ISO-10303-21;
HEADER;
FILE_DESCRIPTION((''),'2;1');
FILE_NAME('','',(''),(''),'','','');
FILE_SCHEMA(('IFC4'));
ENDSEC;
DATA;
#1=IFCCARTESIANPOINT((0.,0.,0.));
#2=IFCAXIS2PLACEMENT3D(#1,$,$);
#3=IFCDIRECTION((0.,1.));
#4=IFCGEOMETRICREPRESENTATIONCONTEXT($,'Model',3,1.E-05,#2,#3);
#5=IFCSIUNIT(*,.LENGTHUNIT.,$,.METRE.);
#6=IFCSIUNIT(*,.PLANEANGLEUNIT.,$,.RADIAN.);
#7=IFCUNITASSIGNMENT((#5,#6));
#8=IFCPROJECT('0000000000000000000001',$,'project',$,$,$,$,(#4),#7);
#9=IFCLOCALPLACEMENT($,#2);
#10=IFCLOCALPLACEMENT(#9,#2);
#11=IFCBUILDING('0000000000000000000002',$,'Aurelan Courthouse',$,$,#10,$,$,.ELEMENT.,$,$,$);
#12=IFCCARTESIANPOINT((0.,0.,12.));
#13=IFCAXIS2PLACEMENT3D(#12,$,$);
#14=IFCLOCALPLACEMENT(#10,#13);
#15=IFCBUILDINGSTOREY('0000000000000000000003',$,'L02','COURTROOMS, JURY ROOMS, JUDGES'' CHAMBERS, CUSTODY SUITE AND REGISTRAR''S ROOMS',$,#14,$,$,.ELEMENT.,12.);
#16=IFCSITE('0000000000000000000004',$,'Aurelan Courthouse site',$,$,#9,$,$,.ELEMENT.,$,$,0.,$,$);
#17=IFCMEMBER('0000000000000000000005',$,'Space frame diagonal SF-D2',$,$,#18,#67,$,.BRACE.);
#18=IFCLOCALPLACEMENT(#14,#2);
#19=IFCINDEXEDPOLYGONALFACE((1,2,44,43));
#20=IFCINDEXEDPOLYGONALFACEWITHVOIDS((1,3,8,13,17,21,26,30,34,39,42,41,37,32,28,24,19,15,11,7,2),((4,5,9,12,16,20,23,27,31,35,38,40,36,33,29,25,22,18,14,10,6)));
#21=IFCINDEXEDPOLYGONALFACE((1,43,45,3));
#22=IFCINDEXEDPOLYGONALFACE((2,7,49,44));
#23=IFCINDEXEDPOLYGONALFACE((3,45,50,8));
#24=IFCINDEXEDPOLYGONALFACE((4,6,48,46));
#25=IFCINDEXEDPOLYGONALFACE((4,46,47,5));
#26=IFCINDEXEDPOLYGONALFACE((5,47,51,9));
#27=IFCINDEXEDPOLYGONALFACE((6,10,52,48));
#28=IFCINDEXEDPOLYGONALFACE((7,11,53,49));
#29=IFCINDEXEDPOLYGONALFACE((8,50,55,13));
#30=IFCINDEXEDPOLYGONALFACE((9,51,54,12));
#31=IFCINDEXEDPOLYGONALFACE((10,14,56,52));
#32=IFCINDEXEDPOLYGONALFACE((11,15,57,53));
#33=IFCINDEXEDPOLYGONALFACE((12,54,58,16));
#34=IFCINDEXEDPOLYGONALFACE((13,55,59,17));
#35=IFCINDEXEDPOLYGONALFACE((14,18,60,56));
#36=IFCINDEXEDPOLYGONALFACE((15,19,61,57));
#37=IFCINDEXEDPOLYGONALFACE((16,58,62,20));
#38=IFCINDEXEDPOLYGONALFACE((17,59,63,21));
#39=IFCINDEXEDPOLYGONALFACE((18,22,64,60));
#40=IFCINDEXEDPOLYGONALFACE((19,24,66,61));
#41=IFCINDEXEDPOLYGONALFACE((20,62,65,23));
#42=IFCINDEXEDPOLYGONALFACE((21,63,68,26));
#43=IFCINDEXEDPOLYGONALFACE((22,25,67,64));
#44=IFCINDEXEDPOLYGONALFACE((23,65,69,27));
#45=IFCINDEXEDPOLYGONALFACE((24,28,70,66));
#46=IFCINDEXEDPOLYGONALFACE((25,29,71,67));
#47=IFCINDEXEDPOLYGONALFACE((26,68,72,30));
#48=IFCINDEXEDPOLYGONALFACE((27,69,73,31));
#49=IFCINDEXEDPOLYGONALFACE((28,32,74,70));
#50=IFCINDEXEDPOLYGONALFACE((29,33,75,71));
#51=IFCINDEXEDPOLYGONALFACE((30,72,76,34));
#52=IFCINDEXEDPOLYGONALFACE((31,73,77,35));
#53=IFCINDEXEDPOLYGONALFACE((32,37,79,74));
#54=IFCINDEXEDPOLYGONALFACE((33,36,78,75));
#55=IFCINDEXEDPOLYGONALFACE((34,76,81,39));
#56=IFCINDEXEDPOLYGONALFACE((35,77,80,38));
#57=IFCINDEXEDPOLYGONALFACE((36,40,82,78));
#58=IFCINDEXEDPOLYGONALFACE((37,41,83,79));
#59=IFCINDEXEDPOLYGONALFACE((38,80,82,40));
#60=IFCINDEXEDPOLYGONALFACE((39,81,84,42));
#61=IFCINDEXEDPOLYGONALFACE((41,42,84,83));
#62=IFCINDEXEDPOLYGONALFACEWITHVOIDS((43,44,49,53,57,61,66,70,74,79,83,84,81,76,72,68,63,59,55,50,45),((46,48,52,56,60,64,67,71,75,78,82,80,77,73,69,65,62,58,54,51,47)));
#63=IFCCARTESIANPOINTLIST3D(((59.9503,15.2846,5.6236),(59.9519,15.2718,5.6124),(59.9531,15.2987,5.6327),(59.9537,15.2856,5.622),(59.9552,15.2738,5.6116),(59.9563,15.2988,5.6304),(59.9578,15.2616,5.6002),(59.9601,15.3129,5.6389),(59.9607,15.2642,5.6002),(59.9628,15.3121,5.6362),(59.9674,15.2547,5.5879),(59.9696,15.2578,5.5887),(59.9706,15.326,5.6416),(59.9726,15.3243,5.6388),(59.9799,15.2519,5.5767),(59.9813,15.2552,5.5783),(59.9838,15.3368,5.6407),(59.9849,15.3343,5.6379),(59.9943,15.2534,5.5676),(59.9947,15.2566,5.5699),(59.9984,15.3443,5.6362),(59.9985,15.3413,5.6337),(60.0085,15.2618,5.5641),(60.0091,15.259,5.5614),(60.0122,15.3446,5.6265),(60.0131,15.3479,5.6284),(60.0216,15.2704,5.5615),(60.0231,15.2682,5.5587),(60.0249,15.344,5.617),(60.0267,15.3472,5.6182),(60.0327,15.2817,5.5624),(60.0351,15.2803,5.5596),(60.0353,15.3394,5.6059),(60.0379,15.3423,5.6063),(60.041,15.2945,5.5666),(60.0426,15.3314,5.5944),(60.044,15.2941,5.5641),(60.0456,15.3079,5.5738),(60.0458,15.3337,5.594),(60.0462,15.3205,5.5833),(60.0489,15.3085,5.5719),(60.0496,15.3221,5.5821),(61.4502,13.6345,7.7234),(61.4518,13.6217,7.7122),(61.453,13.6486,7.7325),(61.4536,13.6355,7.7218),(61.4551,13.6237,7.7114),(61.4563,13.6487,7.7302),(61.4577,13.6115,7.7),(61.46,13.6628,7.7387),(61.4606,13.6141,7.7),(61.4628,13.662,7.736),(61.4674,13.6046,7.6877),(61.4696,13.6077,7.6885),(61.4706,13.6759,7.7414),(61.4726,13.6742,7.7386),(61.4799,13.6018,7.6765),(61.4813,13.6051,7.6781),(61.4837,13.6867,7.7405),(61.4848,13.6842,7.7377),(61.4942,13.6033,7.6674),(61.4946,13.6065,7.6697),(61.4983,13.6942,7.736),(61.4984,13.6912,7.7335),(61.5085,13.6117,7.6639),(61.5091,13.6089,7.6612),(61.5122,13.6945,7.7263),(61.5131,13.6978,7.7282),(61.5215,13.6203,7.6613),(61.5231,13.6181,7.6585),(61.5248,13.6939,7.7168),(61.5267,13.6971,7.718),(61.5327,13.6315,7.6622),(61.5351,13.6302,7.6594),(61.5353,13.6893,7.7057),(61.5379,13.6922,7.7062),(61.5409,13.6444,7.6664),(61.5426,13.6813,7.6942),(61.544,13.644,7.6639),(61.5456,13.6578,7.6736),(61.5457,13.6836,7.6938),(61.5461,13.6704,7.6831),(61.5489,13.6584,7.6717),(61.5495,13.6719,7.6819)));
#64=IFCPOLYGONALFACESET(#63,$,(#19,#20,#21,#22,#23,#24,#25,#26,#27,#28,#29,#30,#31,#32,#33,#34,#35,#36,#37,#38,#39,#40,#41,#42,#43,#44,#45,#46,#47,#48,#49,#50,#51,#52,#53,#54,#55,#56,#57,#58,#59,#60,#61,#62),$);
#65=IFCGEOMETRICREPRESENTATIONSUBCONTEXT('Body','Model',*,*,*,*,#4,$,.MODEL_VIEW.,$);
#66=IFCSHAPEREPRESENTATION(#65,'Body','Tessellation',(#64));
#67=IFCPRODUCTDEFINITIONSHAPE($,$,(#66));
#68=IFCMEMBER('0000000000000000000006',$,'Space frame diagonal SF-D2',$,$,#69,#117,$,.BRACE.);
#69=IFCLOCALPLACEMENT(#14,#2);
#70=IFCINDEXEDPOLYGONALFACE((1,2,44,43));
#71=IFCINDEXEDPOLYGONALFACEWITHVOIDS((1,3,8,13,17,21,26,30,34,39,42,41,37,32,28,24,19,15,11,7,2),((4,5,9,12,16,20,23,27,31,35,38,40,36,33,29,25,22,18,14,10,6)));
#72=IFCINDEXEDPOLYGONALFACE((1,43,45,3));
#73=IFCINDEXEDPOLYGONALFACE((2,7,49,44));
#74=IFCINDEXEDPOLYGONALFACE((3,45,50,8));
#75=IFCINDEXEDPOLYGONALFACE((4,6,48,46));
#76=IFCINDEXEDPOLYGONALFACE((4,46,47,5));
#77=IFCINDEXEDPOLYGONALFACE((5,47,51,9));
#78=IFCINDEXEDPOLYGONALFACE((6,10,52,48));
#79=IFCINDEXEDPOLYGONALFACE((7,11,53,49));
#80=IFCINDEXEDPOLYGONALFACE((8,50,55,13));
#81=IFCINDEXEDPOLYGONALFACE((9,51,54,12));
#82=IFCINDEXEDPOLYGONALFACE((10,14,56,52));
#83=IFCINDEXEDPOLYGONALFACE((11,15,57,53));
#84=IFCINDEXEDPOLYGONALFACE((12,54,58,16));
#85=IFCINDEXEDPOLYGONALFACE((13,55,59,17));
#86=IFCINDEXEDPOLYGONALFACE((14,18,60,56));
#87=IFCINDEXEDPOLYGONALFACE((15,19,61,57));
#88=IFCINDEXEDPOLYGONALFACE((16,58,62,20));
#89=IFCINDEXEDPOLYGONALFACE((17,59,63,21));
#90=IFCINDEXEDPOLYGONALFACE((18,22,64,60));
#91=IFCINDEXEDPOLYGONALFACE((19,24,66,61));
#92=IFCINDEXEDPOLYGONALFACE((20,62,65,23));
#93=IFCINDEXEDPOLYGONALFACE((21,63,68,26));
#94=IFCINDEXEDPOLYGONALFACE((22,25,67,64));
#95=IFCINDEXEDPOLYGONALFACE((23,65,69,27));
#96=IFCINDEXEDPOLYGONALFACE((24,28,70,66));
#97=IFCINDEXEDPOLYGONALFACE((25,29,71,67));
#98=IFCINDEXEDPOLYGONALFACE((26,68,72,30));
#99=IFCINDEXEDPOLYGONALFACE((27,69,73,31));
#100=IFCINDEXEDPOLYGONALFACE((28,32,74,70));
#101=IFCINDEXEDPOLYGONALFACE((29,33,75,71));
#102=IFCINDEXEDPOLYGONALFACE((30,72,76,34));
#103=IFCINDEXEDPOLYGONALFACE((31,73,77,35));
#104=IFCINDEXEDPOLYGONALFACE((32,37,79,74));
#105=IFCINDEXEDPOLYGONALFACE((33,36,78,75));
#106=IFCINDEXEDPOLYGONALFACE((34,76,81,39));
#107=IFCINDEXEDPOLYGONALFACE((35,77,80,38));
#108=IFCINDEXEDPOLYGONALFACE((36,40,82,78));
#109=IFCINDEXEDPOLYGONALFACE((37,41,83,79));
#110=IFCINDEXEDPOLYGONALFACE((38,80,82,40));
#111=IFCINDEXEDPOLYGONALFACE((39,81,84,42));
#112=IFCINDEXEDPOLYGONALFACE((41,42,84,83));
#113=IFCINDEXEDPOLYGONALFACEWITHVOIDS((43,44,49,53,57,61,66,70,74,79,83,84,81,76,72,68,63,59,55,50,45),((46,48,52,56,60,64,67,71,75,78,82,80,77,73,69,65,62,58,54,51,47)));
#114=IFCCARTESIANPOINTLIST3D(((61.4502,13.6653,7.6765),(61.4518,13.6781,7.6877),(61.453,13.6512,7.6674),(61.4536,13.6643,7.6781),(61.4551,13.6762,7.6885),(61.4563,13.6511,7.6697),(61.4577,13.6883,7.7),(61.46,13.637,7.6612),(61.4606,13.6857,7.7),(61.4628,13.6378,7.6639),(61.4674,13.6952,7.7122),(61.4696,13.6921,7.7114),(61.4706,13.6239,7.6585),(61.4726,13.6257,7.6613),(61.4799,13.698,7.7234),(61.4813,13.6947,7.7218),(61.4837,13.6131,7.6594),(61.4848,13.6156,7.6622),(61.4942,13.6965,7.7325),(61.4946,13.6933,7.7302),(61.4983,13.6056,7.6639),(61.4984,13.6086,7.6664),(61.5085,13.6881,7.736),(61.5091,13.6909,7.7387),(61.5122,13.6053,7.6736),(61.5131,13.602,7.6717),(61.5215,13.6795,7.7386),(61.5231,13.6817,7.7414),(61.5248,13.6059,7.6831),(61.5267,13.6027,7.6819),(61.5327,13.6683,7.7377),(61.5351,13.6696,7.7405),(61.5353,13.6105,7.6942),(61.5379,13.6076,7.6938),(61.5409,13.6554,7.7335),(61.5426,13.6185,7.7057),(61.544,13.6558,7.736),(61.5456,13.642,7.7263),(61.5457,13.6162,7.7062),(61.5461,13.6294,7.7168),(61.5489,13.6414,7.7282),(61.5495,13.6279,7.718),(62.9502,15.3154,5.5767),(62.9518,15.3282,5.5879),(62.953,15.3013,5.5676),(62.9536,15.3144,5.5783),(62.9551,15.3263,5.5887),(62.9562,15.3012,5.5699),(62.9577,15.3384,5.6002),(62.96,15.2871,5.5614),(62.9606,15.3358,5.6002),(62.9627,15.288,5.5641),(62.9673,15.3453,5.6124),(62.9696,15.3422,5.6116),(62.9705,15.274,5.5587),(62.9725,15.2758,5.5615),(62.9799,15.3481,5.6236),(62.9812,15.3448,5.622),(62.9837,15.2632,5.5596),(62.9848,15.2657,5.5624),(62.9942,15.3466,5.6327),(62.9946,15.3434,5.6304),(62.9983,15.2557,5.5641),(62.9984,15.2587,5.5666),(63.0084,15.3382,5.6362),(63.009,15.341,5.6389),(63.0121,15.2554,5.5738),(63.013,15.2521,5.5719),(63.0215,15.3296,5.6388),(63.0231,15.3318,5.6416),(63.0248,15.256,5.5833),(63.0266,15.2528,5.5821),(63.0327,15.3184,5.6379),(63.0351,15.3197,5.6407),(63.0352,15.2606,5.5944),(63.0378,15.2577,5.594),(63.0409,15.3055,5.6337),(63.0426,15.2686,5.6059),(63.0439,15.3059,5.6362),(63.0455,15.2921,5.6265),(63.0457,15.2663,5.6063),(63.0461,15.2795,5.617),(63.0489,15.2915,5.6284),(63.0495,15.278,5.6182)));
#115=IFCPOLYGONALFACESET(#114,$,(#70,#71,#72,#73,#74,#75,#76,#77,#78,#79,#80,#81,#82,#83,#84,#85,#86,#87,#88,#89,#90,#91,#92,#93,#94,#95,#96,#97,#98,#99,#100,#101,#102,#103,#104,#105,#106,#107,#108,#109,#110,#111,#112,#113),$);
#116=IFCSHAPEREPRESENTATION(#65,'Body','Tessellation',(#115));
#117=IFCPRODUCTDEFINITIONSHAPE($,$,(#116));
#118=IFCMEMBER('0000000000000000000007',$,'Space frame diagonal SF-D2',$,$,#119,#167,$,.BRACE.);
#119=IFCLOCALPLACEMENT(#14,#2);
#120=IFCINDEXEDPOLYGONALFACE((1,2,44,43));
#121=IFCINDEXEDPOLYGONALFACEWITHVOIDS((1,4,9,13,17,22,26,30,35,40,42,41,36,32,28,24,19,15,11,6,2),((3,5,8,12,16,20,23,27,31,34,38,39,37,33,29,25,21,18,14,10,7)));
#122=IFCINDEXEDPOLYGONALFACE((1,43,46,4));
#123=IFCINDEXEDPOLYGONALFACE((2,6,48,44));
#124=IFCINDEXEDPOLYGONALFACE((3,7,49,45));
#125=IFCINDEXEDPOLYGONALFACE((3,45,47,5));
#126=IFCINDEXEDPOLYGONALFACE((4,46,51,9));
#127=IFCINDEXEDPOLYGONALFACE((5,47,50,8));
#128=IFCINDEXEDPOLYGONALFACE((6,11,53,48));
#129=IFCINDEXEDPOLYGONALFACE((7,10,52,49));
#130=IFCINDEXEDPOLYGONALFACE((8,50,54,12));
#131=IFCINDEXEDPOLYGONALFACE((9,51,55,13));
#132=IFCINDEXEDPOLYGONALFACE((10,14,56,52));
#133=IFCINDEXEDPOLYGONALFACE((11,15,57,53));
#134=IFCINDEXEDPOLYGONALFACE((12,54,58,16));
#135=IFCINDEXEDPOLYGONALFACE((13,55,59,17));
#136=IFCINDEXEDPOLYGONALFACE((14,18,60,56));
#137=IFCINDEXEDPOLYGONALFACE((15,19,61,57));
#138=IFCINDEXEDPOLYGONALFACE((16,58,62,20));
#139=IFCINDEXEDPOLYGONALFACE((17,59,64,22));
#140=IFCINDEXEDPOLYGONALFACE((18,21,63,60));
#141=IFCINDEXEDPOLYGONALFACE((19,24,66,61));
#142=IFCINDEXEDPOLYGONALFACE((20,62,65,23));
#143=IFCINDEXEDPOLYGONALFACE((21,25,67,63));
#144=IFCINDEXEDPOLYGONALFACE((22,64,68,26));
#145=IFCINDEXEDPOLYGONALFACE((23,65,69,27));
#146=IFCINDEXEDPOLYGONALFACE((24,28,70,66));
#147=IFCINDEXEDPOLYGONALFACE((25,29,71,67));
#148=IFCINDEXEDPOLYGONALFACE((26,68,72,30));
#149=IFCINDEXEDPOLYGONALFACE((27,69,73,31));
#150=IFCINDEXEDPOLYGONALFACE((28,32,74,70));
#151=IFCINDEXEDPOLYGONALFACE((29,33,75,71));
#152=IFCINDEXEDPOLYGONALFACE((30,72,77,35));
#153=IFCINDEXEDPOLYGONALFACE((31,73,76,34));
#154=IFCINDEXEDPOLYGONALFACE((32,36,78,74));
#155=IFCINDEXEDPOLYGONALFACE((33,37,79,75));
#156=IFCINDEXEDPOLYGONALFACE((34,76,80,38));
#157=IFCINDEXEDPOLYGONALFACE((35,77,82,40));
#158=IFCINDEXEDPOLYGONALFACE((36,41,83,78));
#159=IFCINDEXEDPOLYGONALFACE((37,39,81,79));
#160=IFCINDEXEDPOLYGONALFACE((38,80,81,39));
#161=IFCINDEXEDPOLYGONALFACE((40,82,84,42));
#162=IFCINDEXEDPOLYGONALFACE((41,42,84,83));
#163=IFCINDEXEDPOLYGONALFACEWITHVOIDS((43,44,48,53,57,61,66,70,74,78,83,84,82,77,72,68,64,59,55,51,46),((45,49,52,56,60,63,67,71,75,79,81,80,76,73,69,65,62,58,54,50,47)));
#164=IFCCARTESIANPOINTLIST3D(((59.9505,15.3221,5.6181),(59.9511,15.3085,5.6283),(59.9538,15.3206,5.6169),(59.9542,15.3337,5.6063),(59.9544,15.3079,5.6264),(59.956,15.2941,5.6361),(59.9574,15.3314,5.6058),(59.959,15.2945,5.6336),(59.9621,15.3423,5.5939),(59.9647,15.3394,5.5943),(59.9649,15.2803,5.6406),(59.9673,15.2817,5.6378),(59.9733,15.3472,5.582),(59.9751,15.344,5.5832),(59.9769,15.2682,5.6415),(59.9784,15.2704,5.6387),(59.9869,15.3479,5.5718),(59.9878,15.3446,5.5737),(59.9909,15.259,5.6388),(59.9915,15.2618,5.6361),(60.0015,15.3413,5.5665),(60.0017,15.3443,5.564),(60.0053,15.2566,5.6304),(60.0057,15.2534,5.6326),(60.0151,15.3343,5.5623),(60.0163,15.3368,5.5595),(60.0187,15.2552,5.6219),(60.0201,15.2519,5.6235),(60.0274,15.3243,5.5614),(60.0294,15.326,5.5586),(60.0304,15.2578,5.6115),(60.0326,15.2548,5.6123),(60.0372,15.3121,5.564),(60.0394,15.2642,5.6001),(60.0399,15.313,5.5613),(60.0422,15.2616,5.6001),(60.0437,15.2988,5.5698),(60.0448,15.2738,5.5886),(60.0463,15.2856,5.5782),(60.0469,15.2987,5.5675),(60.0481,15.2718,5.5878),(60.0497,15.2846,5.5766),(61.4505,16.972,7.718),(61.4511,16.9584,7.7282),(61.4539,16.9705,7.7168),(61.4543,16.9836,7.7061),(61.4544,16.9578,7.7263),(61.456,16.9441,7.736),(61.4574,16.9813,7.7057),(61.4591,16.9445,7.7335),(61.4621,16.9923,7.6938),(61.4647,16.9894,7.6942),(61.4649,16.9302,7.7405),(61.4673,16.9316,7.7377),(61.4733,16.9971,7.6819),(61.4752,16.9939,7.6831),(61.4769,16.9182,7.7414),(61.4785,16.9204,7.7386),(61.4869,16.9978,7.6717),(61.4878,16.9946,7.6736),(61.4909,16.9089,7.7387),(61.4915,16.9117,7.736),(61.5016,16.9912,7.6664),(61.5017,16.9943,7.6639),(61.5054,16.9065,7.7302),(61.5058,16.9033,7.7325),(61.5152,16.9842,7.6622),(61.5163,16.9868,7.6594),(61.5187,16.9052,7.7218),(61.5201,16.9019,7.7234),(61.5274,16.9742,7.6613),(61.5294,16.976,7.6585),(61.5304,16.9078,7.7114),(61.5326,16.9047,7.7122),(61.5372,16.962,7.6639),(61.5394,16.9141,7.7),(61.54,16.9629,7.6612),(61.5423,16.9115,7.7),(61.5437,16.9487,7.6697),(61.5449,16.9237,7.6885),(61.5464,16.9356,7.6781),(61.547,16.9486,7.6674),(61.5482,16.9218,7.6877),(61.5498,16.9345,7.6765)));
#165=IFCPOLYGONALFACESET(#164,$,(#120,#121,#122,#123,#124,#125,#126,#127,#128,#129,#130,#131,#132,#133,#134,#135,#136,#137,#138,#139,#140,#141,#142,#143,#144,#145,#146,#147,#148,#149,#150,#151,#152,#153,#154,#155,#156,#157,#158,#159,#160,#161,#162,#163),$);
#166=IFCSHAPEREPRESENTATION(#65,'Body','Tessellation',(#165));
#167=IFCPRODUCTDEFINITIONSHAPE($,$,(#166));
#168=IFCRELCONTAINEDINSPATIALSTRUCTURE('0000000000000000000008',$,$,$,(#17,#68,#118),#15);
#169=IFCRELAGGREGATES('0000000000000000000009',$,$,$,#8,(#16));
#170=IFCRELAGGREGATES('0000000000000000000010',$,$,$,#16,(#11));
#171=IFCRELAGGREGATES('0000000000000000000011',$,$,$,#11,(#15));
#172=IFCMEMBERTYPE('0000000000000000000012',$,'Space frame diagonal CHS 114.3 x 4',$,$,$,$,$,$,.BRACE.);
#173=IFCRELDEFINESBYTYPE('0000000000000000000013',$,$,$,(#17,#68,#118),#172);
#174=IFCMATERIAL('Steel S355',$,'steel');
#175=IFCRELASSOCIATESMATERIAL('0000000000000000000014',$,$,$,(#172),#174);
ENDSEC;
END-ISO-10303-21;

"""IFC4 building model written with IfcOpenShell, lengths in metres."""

from ifc_helpers import new_model, si_unit, direction, frame, origin, origin_2d, place, context, subcontext, project, spatial, hollow_circle, extrude, material, material_profile, profile_set, type_object, element, save


model = new_model("IFC4")

# Units and contexts
model_context = context("Model", 3, precision=1e-05, world=origin(), true_north=direction((0.0, 1.0)))
body_context = subcontext(model_context, "Body", "Model", "MODEL_VIEW")
ifc_project = project(units=[si_unit("LENGTHUNIT", "METRE"), si_unit("PLANEANGLEUNIT", "RADIAN")], contexts=[model_context])

# Site, building, storey
site_placement = place(None, origin())
site = spatial("IfcSite", under=ifc_project, at=site_placement, Name="Aurelan Courthouse site", CompositionType="ELEMENT", RefElevation=0.0)
building_placement = place(site_placement, origin())
building = spatial("IfcBuilding", under=site, at=building_placement, Name="Aurelan Courthouse", CompositionType="ELEMENT")
storey_placement = place(building_placement, frame((0.0, 0.0, 12.0)))
storey = spatial("IfcBuildingStorey", under=building, at=storey_placement, Name="L02", Description="COURTROOMS, JURY ROOMS, JUDGES' CHAMBERS, CUSTODY SUITE AND REGISTRAR'S ROOMS", CompositionType="ELEMENT", Elevation=12.0)

# Shared definitions
ifc_material_1 = material(Name="Steel S355", Category="steel")

# Members
ifc_material_profile_1 = material_profile(ifc_material_1, hollow_circle(Radius=0.0571, WallThickness=0.0039, at=origin_2d()), Name="CHS 114.3 x 4")
ifc_profile_set_1 = profile_set([ifc_material_profile_1], Name="Steel S355")
member_type_1 = type_object("IfcMemberType", Name="Space frame diagonal CHS 114.3 x 4", PredefinedType="BRACE", material=ifc_profile_set_1)
for number, where, z_axis, x_axis, name in (
    (1, (61.5, 13.6499, 7.7), (-0.489706, 0.538724, -0.68554), (-0.73997, -0.67264, 0.0), "Space frame diagonal SF-D2"),
    (2, (61.5, 13.6499, 7.7), (0.489706, 0.538724, -0.68554), (-0.73997, 0.67264, 0.0), "Space frame diagonal SF-D2"),
    (3, (61.5, 16.95, 7.7), (-0.489727, -0.538667, -0.685569), (0.73992, -0.672695, 0.0), "Space frame diagonal SF-D2"),
):
    element("IfcMember", number, at=place(storey_placement, frame(where, z_axis=z_axis, x_axis=x_axis)), inside=storey, type_object=member_type_1, Name=name, PredefinedType="BRACE", context=body_context, shape_type="SweptSolid", body=[
        extrude(hollow_circle(Radius=0.0571, WallThickness=0.0039, at=origin_2d()), origin(), (0.0, 0.0, 1.0), 3.063),
    ])

save(model, "model.ifc")
